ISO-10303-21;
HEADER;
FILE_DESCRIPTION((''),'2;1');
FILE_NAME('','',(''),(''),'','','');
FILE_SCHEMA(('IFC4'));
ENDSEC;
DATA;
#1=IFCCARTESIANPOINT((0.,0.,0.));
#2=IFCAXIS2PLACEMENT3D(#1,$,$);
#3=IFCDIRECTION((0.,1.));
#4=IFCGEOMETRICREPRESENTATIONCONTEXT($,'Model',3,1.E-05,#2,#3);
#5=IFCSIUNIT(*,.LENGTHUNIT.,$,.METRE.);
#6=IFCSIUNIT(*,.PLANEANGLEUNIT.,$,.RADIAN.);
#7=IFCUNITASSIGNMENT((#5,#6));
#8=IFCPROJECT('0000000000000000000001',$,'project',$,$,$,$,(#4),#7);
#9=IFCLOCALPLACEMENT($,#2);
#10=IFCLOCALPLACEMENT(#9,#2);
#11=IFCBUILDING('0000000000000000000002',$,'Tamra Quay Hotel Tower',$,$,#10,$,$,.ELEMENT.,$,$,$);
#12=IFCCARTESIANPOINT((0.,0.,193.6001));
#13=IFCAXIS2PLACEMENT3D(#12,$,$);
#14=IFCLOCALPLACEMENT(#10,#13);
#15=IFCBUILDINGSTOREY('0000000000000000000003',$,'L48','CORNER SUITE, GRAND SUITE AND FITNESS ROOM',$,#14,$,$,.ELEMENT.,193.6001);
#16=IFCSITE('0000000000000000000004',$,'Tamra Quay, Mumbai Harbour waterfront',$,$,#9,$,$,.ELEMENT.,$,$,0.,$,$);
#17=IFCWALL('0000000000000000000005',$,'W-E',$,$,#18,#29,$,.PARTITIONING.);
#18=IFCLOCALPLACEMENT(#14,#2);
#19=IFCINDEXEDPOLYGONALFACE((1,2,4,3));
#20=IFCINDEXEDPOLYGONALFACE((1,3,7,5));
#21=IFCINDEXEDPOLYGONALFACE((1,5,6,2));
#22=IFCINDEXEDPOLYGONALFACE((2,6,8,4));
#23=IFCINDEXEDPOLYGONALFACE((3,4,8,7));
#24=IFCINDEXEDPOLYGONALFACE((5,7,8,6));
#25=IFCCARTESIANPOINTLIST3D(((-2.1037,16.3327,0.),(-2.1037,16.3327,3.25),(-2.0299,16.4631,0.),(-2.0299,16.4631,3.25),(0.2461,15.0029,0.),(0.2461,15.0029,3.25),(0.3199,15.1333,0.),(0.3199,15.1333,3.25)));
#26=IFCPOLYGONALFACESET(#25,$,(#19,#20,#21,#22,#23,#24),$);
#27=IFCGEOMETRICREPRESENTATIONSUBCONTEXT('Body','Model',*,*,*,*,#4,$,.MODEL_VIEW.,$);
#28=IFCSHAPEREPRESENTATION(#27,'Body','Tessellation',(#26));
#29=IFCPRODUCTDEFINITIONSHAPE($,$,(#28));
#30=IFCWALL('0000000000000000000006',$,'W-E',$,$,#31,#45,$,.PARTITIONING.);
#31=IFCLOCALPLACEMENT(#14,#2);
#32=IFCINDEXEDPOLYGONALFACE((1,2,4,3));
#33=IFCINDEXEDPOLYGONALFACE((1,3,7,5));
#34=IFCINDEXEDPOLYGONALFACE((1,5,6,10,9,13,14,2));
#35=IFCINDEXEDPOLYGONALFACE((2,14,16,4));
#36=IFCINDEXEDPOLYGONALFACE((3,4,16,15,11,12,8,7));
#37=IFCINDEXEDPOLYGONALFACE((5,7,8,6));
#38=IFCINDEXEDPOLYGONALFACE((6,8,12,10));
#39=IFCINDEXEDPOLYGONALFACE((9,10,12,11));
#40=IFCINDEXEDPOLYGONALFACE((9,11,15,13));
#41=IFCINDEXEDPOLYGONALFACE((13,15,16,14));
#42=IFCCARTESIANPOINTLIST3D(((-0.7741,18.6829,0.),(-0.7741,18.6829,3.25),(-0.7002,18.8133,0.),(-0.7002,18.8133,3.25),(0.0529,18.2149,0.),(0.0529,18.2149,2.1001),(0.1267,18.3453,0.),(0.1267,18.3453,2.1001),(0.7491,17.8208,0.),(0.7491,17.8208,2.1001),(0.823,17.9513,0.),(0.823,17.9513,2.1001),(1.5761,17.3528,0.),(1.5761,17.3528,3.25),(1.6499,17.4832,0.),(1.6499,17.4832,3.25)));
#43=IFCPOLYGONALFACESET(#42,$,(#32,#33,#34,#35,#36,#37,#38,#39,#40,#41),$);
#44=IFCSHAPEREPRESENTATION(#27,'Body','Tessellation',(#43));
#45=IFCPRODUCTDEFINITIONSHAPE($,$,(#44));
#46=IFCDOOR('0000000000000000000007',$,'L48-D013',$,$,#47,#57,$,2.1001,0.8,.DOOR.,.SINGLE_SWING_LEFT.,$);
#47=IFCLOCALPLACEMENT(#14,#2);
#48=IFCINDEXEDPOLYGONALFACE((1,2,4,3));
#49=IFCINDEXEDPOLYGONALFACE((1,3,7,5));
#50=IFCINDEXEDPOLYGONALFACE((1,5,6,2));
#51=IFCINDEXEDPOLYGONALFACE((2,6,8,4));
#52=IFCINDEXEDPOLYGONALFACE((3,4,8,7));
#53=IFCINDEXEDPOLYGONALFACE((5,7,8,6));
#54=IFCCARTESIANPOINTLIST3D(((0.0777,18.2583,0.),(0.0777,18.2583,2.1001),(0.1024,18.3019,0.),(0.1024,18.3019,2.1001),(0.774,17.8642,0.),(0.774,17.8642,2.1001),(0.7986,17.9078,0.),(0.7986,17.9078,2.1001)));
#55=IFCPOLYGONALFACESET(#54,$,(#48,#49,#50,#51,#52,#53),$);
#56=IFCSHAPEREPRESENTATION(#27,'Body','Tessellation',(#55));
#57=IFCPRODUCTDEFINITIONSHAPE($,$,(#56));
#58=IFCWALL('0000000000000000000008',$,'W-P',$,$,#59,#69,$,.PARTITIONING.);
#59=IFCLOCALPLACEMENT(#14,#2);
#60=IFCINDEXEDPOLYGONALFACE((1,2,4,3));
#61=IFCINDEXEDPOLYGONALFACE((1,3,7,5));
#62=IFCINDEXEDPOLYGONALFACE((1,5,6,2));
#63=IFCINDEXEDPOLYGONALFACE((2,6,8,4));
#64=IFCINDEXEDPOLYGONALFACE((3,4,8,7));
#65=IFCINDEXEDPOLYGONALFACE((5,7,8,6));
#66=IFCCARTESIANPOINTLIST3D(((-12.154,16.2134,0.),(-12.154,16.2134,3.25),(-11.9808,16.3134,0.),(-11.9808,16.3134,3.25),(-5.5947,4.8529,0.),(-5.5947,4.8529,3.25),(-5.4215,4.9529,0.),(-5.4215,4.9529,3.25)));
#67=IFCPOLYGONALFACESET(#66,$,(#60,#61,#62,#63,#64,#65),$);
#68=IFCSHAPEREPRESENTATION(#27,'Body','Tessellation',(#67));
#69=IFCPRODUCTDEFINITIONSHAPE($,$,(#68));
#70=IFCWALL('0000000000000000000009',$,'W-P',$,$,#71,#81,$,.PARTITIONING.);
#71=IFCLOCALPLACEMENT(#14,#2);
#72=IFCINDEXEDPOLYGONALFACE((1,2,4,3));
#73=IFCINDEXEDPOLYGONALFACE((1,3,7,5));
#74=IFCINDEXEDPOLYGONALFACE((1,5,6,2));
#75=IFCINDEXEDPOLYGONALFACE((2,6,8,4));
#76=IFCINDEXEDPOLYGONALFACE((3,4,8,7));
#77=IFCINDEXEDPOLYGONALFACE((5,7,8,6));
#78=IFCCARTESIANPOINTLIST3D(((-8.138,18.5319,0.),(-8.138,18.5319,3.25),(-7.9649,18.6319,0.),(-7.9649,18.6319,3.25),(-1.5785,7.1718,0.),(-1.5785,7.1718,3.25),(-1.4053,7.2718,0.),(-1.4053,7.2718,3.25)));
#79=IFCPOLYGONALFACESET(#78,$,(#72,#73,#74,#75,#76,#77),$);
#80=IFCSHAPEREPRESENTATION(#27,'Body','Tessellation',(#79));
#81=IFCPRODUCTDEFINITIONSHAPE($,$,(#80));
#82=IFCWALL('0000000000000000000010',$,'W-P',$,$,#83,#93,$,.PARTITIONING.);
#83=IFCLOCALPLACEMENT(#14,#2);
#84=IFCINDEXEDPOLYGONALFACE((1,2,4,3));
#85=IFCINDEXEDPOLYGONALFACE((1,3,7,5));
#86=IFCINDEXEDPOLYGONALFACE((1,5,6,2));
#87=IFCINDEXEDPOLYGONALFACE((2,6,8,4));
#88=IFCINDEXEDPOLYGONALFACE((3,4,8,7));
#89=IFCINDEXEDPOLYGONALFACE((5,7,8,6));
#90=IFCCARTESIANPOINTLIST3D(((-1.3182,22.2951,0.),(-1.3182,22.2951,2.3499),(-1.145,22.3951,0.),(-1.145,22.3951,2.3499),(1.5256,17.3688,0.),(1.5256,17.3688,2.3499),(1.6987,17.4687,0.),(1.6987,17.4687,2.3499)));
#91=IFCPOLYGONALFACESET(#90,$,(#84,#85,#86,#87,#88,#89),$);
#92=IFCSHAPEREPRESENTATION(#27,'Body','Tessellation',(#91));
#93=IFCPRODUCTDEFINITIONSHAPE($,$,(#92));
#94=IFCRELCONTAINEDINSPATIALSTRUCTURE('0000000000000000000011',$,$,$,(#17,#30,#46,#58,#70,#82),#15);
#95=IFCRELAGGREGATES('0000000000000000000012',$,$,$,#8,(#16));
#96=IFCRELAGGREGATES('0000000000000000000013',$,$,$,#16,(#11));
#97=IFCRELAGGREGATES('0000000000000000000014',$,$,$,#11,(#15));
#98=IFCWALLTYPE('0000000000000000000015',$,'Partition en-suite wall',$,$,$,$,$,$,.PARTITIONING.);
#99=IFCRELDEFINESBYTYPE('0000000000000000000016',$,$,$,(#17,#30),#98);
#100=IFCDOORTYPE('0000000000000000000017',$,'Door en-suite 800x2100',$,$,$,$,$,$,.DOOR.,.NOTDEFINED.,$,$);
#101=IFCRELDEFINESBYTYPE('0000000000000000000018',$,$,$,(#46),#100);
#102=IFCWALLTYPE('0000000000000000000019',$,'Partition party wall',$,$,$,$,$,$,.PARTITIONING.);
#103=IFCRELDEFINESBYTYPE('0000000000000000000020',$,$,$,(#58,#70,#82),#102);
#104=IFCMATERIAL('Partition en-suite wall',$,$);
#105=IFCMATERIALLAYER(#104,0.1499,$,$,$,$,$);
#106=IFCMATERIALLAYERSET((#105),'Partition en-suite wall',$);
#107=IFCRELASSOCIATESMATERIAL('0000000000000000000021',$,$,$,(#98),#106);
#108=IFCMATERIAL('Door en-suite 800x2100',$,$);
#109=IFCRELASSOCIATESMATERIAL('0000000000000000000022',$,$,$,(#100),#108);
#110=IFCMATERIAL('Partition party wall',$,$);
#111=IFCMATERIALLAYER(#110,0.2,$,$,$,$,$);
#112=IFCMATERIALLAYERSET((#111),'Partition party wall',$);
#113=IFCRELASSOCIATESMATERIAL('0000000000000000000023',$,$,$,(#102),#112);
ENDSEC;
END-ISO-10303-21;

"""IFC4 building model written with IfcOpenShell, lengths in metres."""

from ifc_helpers import new_model, si_unit, direction, frame, frame_2d, origin, place, context, subcontext, project, spatial, rectangle, extrude, material, layer, layer_set, type_object, element, fill, save


model = new_model("IFC4")

# Units and contexts
model_context = context("Model", 3, precision=1e-05, world=origin(), true_north=direction((0.0, 1.0)))
body_context = subcontext(model_context, "Body", "Model", "MODEL_VIEW")
ifc_project = project(units=[si_unit("LENGTHUNIT", "METRE"), si_unit("PLANEANGLEUNIT", "RADIAN")], contexts=[model_context])

# Site, building, storey
site_placement = place(None, origin())
site = spatial("IfcSite", under=ifc_project, at=site_placement, Name="Tamra Quay, Mumbai Harbour waterfront", CompositionType="ELEMENT", RefElevation=0.0)
building_placement = place(site_placement, origin())
building = spatial("IfcBuilding", under=site, at=building_placement, Name="Tamra Quay Hotel Tower", CompositionType="ELEMENT")
storey_placement = place(building_placement, frame((0.0, 0.0, 193.6001)))
storey = spatial("IfcBuildingStorey", under=building, at=storey_placement, Name="L48", Description="CORNER SUITE, GRAND SUITE AND FITNESS ROOM", CompositionType="ELEMENT", Elevation=193.6001)

# Wall
ifc_material_1 = material(Name="Partition en-suite wall")
ifc_layer_1 = layer(ifc_material_1, 0.1499)
ifc_layer_set_1 = layer_set([ifc_layer_1], Name="Partition en-suite wall")
wall_type_1 = type_object("IfcWallType", Name="Partition en-suite wall", PredefinedType="PARTITIONING", material=ifc_layer_set_1)
wall_1_placement = place(storey_placement, frame((-2.0669, 16.3979, 0.0), z_axis=(0.0, 0.0, 1.0), x_axis=(0.8703, -0.492522, 0.0)))
element("IfcWall", 1, at=wall_1_placement, inside=storey, type_object=wall_type_1, Name="W-E", PredefinedType="PARTITIONING", context=body_context, shape_type="SweptSolid", body=[
    extrude(rectangle(XDim=2.7, YDim=0.1499, at=frame_2d((1.3501, 0.0))), origin(), (0.0, 0.0, 1.0), 3.25),
])

# Wall, opening, door
wall_2_placement = place(storey_placement, frame((-0.7371, 18.748, 0.0), z_axis=(0.0, 0.0, 1.0), x_axis=(0.870283, -0.492552, 0.0)))
wall_2 = element("IfcWall", 2, at=wall_2_placement, inside=storey, type_object=wall_type_1, Name="W-E", PredefinedType="PARTITIONING", context=body_context, shape_type="SweptSolid", body=[
    extrude(rectangle(XDim=2.7004, YDim=0.1499, at=frame_2d((1.3501, 0.0))), origin(), (0.0, 0.0, 1.0), 3.25),
])
opening_placement = place(wall_2_placement, frame((0.9502, 0.0, 0.0)))
opening = element("IfcOpeningElement", 3, at=opening_placement, cuts=wall_2, PredefinedType="OPENING", context=body_context, shape_type="SweptSolid", body=[
    extrude(rectangle(XDim=0.8, YDim=2.1001, at=frame_2d((0.3999, 1.05))), frame((0.0, 0.085, 0.0), z_axis=(0.0, -1.0, 0.0), x_axis=(1.0, 0.0, 0.0)), (0.0, 0.0, 1.0), 0.1699),
])
ifc_material_2 = material(Name="Door en-suite 800x2100")
door_type = type_object("IfcDoorType", Name="Door en-suite 800x2100", OperationType="NOTDEFINED", PredefinedType="DOOR", material=ifc_material_2)
door_placement = place(opening_placement, frame((0.8, 0.0, 0.0), z_axis=(0.0, 0.0, 1.0), x_axis=(-1.0, 0.0, 0.0)))
door = element("IfcDoor", 4, at=door_placement, inside=storey, type_object=door_type, Name="L48-D013", OperationType="SINGLE_SWING_LEFT", OverallHeight=2.1001, OverallWidth=0.8, PredefinedType="DOOR", context=body_context, shape_type="SweptSolid", body=[
    extrude(rectangle(XDim=0.8, YDim=2.1001, at=frame_2d((0.3999, 1.05))), frame((0.0, 0.0249, 0.0), z_axis=(0.0, -1.0, 0.0), x_axis=(1.0, 0.0, 0.0)), (0.0, 0.0, 1.0), 0.05),
])
fill(opening, door)

# Walls
ifc_material_3 = material(Name="Partition party wall")
ifc_layer_2 = layer(ifc_material_3, 0.2)
ifc_layer_set_2 = layer_set([ifc_layer_2], Name="Partition party wall")
wall_type_2 = type_object("IfcWallType", Name="Partition party wall", PredefinedType="PARTITIONING", material=ifc_layer_set_2)
wall_3_placement = place(storey_placement, frame((-12.0674, 16.2634, 0.0), z_axis=(0.0, 0.0, 1.0), x_axis=(0.500016, -0.866016, 0.0)))
element("IfcWall", 5, at=wall_3_placement, inside=storey, type_object=wall_type_2, Name="W-P", PredefinedType="PARTITIONING", context=body_context, shape_type="SweptSolid", body=[
    extrude(rectangle(XDim=13.1182, YDim=0.2, at=frame_2d((6.5591, 0.0))), origin(), (0.0, 0.0, 1.0), 3.25),
])
wall_4_placement = place(storey_placement, frame((-8.0515, 18.582, 0.0), z_axis=(0.0, 0.0, 1.0), x_axis=(0.500046, -0.865999, 0.0)))
element("IfcWall", 6, at=wall_4_placement, inside=storey, type_object=wall_type_2, Name="W-P", PredefinedType="PARTITIONING", context=body_context, shape_type="SweptSolid", body=[
    extrude(rectangle(XDim=13.1179, YDim=0.2, at=frame_2d((6.5591, 0.0))), origin(), (0.0, 0.0, 1.0), 3.25),
])
wall_5_placement = place(storey_placement, frame((-1.2317, 22.3452, 0.0), z_axis=(0.0, 0.0, 1.0), x_axis=(0.499943, -0.866058, 0.0)))
element("IfcWall", 7, at=wall_5_placement, inside=storey, type_object=wall_type_2, Name="W-P", PredefinedType="PARTITIONING", context=body_context, shape_type="SweptSolid", body=[
    extrude(rectangle(XDim=5.6882, YDim=0.2, at=frame_2d((2.8442, 0.0))), origin(), (0.0, 0.0, 1.0), 2.3499),
])

save(model, "model.ifc")
